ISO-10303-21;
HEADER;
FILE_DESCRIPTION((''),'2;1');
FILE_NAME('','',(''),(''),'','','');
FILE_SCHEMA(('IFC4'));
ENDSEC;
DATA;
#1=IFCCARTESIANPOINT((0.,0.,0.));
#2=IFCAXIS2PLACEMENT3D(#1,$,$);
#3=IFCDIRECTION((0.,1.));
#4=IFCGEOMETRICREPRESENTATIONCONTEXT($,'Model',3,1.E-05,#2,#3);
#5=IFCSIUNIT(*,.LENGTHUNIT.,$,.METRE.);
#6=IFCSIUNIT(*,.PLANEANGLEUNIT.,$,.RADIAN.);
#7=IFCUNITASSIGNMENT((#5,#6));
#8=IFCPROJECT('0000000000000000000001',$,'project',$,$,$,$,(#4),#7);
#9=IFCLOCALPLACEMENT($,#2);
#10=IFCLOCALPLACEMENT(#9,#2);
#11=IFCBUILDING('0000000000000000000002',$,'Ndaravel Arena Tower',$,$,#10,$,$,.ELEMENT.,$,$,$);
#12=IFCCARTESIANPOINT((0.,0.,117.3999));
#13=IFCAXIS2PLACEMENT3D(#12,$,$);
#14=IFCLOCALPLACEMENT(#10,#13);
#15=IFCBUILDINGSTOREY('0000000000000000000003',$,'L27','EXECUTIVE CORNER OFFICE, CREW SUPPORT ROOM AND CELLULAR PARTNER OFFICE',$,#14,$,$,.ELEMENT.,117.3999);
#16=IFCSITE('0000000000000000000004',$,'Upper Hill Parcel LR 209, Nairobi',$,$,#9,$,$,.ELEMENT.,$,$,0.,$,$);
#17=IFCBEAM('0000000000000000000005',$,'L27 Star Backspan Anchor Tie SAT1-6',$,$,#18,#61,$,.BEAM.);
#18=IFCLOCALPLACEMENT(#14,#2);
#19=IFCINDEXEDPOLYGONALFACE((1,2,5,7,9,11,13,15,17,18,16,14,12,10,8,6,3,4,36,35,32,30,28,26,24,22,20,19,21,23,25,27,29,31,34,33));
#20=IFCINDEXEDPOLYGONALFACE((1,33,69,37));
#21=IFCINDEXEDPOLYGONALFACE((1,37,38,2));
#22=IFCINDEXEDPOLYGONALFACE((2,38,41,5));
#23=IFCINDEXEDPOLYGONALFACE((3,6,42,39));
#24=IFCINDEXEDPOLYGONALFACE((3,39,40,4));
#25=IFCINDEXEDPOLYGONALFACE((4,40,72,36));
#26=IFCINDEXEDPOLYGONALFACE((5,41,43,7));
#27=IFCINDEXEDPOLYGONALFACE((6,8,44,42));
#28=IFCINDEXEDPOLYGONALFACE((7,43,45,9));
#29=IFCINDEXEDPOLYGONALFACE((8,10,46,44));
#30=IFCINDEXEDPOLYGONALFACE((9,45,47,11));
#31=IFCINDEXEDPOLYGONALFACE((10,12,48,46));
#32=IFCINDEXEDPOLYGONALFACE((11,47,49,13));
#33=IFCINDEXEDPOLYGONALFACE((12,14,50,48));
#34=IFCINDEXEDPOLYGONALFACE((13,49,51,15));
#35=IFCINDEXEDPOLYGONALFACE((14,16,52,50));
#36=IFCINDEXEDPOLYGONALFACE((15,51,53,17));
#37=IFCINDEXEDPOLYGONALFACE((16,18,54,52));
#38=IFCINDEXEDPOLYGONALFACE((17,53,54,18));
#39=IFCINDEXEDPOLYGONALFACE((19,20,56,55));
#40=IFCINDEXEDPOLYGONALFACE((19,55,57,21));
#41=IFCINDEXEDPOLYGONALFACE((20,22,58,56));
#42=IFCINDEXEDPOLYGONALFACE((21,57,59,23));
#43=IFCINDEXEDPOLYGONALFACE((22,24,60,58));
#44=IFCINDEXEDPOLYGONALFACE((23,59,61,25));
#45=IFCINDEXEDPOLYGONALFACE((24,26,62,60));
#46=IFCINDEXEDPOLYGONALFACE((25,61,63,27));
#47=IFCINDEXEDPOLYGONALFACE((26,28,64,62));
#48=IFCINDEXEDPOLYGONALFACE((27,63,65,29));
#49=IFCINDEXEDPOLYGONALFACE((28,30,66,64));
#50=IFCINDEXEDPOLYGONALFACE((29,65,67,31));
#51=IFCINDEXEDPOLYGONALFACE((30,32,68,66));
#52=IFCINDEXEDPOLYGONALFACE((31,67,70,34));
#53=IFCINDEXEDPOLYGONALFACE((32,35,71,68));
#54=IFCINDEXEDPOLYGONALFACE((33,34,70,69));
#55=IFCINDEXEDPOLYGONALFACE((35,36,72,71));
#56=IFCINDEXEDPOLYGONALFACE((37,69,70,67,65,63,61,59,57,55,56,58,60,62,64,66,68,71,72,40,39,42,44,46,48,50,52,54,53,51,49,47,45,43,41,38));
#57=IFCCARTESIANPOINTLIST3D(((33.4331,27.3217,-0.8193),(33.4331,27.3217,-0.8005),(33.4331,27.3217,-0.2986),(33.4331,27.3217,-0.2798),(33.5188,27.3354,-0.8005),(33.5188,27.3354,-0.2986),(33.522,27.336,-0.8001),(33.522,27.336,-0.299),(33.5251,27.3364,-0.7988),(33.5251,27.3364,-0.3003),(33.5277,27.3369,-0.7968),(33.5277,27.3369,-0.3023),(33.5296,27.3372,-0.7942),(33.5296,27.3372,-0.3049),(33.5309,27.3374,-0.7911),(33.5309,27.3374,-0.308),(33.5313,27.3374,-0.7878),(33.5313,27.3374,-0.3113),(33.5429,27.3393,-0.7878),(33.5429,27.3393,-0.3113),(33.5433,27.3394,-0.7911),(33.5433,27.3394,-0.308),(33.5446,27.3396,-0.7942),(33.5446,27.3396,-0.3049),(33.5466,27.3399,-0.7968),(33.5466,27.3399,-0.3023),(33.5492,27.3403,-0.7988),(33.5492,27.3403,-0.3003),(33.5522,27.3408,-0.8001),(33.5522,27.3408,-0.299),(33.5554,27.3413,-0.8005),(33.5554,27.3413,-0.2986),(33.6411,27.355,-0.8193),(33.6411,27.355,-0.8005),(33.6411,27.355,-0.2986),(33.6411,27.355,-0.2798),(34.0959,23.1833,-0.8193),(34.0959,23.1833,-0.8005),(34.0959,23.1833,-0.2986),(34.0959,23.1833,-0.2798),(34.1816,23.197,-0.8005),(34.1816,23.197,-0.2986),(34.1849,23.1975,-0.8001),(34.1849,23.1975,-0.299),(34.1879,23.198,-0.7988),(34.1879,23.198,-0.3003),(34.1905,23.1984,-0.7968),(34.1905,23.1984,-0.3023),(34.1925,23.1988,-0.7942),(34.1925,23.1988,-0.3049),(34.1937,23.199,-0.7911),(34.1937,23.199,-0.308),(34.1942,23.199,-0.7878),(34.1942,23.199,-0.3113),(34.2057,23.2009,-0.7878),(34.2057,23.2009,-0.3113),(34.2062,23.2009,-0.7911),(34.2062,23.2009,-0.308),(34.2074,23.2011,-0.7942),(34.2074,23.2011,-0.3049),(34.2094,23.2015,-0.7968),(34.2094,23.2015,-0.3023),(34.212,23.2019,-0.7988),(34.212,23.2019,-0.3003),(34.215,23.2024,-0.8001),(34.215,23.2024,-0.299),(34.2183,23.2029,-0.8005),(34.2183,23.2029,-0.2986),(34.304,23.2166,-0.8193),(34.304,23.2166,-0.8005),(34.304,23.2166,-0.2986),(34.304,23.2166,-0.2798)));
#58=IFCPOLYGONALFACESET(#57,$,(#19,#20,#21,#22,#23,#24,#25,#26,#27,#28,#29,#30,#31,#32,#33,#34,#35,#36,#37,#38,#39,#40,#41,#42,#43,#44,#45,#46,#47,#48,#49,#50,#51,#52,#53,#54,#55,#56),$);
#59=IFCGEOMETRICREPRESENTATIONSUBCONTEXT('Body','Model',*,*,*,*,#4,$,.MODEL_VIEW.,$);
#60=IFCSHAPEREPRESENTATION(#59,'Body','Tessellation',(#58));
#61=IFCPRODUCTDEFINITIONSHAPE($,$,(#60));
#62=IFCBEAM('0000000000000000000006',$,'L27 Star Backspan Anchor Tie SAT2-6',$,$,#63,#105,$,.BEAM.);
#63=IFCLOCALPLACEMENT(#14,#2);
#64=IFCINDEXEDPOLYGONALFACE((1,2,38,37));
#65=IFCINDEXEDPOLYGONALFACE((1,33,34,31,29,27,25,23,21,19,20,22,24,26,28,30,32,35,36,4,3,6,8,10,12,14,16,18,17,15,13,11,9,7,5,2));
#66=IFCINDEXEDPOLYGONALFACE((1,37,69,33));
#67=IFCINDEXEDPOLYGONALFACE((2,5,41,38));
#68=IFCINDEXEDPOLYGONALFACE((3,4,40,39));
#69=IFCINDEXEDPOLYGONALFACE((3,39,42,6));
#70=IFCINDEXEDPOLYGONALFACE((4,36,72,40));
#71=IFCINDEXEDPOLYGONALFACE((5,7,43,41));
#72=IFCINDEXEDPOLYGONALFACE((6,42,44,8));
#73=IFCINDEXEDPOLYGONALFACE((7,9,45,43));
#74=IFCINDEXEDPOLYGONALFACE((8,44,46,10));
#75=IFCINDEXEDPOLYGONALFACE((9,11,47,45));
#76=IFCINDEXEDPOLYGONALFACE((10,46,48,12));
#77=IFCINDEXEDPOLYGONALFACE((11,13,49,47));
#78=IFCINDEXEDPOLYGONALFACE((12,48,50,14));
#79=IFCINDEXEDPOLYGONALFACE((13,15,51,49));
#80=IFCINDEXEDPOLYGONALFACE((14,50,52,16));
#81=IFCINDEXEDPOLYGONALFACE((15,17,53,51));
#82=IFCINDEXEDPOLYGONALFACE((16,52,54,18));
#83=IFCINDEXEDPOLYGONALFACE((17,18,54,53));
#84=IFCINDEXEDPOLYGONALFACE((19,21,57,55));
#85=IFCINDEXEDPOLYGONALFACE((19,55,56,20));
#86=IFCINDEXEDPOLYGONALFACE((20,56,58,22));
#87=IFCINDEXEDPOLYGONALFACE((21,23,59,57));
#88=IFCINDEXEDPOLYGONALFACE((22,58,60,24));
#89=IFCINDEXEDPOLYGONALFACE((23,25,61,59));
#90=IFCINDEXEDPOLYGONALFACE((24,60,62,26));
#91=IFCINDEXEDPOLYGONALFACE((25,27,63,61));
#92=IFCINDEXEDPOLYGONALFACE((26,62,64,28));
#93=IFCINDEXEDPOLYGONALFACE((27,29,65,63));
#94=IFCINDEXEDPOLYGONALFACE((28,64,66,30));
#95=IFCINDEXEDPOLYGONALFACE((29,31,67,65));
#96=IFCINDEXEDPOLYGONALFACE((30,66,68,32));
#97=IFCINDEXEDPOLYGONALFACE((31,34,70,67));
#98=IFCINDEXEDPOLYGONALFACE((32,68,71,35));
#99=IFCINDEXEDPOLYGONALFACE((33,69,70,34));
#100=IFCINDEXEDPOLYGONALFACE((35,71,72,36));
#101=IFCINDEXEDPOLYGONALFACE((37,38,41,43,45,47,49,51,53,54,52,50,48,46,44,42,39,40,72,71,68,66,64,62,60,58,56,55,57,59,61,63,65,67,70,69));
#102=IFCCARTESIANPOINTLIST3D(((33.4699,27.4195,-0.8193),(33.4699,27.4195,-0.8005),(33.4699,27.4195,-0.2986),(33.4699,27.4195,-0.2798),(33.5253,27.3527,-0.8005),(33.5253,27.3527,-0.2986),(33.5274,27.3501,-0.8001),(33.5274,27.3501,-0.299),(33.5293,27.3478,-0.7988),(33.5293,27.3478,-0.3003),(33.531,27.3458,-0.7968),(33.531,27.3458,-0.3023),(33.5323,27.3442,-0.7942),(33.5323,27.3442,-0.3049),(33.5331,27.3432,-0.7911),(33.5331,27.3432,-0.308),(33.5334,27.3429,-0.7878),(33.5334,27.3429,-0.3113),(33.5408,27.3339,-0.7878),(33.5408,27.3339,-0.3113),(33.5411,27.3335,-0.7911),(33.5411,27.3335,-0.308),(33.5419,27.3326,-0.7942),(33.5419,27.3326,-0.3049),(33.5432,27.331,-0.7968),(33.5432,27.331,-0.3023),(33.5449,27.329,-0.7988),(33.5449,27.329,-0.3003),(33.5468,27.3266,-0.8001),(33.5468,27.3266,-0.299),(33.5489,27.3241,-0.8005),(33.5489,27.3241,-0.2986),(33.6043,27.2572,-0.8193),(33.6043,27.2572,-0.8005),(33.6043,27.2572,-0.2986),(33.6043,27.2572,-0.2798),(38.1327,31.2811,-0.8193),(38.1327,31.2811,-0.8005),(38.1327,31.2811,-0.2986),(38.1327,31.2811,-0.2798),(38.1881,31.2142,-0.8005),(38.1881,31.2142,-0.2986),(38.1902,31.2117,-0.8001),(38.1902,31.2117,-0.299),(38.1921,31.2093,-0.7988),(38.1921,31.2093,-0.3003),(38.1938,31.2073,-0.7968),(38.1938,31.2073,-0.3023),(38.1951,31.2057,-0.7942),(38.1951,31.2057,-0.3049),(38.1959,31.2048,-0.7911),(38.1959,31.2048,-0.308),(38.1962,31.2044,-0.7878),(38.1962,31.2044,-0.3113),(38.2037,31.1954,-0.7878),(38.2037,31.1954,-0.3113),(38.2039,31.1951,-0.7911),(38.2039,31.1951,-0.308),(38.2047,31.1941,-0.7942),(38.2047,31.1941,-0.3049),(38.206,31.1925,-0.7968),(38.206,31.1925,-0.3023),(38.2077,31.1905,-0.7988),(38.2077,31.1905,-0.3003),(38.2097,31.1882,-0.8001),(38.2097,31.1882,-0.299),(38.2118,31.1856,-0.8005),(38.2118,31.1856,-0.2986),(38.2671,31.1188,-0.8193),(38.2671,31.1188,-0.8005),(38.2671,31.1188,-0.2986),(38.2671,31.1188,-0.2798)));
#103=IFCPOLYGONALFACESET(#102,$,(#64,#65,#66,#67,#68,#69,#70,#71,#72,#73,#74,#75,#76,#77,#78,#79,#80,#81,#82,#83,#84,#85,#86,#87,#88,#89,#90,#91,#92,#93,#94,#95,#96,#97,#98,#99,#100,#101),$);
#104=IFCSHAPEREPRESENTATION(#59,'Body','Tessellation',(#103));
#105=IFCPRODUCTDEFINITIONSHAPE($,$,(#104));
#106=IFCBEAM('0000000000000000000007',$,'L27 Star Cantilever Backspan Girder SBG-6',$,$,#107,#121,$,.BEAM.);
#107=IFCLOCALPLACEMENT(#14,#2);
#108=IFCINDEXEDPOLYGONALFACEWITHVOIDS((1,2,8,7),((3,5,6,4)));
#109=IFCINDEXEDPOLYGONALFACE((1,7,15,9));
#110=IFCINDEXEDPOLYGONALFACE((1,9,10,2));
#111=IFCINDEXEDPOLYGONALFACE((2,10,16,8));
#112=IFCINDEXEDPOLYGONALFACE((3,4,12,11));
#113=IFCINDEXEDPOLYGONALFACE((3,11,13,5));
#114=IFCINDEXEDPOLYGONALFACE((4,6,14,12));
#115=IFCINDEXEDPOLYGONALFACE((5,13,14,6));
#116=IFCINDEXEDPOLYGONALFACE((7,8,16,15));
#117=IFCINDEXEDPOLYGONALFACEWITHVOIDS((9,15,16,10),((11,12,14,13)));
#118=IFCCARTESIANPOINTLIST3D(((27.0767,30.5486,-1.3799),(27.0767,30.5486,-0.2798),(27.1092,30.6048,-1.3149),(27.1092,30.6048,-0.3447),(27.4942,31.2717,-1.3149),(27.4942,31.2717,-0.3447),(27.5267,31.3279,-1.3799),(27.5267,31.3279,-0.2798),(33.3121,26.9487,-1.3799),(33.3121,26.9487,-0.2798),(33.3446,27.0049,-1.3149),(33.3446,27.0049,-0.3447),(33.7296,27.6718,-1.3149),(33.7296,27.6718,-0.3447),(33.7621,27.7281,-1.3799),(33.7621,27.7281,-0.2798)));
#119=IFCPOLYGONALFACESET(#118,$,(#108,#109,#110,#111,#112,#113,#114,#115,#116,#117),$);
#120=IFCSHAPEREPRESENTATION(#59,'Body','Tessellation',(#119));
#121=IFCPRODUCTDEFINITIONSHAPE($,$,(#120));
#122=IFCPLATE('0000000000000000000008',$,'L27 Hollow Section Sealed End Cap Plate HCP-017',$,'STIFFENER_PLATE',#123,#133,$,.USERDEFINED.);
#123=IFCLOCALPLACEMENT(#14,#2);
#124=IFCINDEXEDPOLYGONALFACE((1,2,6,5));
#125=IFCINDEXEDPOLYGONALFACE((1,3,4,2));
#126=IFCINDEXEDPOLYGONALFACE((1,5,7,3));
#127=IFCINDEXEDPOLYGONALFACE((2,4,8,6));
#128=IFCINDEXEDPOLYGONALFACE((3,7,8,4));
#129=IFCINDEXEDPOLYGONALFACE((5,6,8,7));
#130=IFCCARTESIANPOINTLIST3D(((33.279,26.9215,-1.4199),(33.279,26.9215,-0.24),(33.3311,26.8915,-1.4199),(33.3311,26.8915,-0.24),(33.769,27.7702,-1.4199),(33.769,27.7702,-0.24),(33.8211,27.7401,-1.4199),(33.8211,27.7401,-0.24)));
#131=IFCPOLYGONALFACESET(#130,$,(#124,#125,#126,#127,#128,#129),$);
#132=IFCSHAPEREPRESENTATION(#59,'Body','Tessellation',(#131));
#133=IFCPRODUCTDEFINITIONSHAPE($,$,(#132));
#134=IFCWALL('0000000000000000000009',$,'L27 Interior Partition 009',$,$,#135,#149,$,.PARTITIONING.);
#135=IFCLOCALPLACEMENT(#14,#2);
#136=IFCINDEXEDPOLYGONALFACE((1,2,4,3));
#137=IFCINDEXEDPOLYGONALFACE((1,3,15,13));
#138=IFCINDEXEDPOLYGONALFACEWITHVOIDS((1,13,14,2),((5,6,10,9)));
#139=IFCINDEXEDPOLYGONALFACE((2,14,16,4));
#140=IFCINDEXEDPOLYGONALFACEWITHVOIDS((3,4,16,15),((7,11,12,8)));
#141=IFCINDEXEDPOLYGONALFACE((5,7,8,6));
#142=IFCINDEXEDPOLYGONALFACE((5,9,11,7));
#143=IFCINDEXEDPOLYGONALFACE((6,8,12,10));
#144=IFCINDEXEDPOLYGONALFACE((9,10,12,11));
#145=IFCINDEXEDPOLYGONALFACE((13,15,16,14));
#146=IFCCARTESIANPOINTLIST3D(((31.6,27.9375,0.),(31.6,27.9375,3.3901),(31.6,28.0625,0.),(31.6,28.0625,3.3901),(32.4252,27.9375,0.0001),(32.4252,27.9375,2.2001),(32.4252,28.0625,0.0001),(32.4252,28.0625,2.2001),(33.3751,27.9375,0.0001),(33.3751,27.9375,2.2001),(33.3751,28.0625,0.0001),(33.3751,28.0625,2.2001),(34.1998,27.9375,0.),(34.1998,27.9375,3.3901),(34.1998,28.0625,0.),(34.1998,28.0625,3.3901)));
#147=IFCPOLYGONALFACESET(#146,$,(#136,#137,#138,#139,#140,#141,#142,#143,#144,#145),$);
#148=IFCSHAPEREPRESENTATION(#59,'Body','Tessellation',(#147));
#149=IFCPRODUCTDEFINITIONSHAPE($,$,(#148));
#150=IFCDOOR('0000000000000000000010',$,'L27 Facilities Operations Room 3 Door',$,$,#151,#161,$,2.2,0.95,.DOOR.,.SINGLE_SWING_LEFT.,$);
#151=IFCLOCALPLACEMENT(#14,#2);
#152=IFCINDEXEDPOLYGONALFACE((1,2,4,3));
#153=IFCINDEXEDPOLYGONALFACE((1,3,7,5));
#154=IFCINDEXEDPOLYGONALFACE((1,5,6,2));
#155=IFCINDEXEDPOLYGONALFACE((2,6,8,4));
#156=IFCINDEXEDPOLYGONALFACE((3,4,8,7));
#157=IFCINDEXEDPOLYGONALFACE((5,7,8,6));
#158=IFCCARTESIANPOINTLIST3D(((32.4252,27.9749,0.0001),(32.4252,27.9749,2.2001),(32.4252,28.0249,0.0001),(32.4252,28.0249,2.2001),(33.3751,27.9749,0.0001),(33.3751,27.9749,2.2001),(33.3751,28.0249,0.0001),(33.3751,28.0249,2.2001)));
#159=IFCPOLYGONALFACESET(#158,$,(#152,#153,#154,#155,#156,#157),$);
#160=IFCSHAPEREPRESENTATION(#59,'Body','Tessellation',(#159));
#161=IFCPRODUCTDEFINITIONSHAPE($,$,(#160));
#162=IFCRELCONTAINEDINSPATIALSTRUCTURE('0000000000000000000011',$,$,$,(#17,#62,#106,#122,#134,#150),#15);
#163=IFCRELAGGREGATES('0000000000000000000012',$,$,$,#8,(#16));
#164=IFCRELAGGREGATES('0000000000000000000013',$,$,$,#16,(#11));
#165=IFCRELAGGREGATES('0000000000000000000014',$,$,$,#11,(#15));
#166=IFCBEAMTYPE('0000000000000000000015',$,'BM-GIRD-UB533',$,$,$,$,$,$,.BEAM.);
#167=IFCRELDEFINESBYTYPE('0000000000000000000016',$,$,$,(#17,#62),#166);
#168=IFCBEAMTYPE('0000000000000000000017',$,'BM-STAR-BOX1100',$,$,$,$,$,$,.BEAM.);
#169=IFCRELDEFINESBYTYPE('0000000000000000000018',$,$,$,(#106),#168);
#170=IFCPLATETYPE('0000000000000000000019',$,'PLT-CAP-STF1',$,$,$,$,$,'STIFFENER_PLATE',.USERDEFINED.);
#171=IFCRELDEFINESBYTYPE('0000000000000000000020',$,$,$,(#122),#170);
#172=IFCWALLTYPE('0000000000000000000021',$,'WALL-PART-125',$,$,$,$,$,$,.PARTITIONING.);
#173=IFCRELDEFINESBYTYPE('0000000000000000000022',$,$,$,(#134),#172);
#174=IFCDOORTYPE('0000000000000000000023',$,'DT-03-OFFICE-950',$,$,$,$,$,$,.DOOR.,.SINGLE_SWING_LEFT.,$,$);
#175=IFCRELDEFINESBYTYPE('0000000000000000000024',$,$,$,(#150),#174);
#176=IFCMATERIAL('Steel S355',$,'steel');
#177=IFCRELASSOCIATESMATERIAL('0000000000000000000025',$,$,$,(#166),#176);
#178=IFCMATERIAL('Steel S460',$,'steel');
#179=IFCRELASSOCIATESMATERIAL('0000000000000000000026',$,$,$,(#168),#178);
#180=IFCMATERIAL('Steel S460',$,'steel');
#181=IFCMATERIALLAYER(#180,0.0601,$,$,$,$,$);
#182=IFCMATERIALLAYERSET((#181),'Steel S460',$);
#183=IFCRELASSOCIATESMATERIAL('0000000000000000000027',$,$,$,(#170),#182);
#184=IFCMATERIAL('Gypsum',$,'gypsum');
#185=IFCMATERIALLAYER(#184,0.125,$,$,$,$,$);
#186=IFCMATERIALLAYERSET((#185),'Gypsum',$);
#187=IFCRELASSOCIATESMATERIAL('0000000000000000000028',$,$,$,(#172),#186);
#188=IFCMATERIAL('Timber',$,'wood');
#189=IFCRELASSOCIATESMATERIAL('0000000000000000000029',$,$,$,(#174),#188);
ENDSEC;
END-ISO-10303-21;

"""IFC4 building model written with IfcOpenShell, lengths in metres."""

from ifc_helpers import new_model, si_unit, direction, frame, frame_2d, origin, origin_2d, place, context, subcontext, project, spatial, rectangle, hollow_rectangle, i_section, extrude, material, layer, layer_set, material_profile, profile_set, type_object, element, fill, save


model = new_model("IFC4")

# Units and contexts
model_context = context("Model", 3, precision=1e-05, world=origin(), true_north=direction((0.0, 1.0)))
body_context = subcontext(model_context, "Body", "Model", "MODEL_VIEW")
ifc_project = project(units=[si_unit("LENGTHUNIT", "METRE"), si_unit("PLANEANGLEUNIT", "RADIAN")], contexts=[model_context])

# Site, building, storey
site_placement = place(None, origin())
site = spatial("IfcSite", under=ifc_project, at=site_placement, Name="Upper Hill Parcel LR 209, Nairobi", CompositionType="ELEMENT", RefElevation=0.0)
building_placement = place(site_placement, origin())
building = spatial("IfcBuilding", under=site, at=building_placement, Name="Ndaravel Arena Tower", CompositionType="ELEMENT")
storey_placement = place(building_placement, frame((0.0, 0.0, 117.3999)))
storey = spatial("IfcBuildingStorey", under=building, at=storey_placement, Name="L27", Description="EXECUTIVE CORNER OFFICE, CREW SUPPORT ROOM AND CELLULAR PARTNER OFFICE", CompositionType="ELEMENT", Elevation=117.3999)

# Beams
ifc_material_1 = material(Name="Steel S355", Category="steel")
ifc_material_profile_1 = material_profile(ifc_material_1, i_section(OverallWidth=0.2107, OverallDepth=0.5396, WebThickness=0.0117, FlangeThickness=0.0188, FilletRadius=0.0127, at=origin_2d()), Name="UB 533x210x109")
ifc_profile_set_1 = profile_set([ifc_material_profile_1], Name="Steel S355")
beam_type_1 = type_object("IfcBeamType", Name="BM-GIRD-UB533", PredefinedType="BEAM", material=ifc_profile_set_1)
beam_1_placement = place(storey_placement, frame((34.2, 23.2, -0.5496), z_axis=(-0.158152, 0.987415, 0.0), x_axis=(-0.987415, -0.158152, 0.0)))
element("IfcBeam", 1, at=beam_1_placement, inside=storey, type_object=beam_type_1, Name="L27 Star Backspan Anchor Tie SAT1-6", PredefinedType="BEAM", context=body_context, shape_type="SweptSolid", body=[
    extrude(i_section(OverallWidth=0.2107, OverallDepth=0.5396, WebThickness=0.0117, FlangeThickness=0.0188, FilletRadius=0.0127, at=origin_2d()), origin(), (0.0, 0.0, 1.0), 4.1912),
])
beam_2_placement = place(storey_placement, frame((33.5371, 27.3384, -0.5496), z_axis=(0.770178, 0.637829, 0.0), x_axis=(-0.637829, 0.770178, 0.0)))
element("IfcBeam", 2, at=beam_2_placement, inside=storey, type_object=beam_type_1, Name="L27 Star Backspan Anchor Tie SAT2-6", PredefinedType="BEAM", context=body_context, shape_type="SweptSolid", body=[
    extrude(i_section(OverallWidth=0.2107, OverallDepth=0.5396, WebThickness=0.0117, FlangeThickness=0.0188, FilletRadius=0.0127, at=origin_2d()), origin(), (0.0, 0.0, 1.0), 6.0542),
])
ifc_material_2 = material(Name="Steel S460", Category="steel")
ifc_material_profile_2 = material_profile(ifc_material_2, hollow_rectangle(XDim=0.8999, YDim=1.1001, WallThickness=0.0649, at=origin_2d()), Name="BOX 1100x900x65")
ifc_profile_set_2 = profile_set([ifc_material_profile_2], Name="Steel S460")
beam_type_2 = type_object("IfcBeamType", Name="BM-STAR-BOX1100", PredefinedType="BEAM", material=ifc_profile_set_2)
beam_3_placement = place(storey_placement, frame((33.5371, 27.3384, -0.8298), z_axis=(-0.866033, 0.499987, 0.0), x_axis=(-0.499987, -0.866033, 0.0)))
element("IfcBeam", 3, at=beam_3_placement, inside=storey, type_object=beam_type_2, Name="L27 Star Cantilever Backspan Girder SBG-6", PredefinedType="BEAM", context=body_context, shape_type="SweptSolid", body=[
    extrude(hollow_rectangle(XDim=0.8999, YDim=1.1001, WallThickness=0.0649, at=origin_2d()), origin(), (0.0, 0.0, 1.0), 7.2),
])

# Plate
ifc_material_3 = material(Name="Steel S460", Category="steel")
ifc_layer_1 = layer(ifc_material_3, 0.0601)
ifc_layer_set_1 = layer_set([ifc_layer_1], Name="Steel S460")
plate_type = type_object("IfcPlateType", Name="PLT-CAP-STF1", ElementType="STIFFENER_PLATE", PredefinedType="USERDEFINED", material=ifc_layer_set_1)
plate_placement = place(storey_placement, frame((33.55, 27.3308, -1.4199), z_axis=(0.0, 0.0, 1.0), x_axis=(-0.866025, 0.5, 0.0)))
element("IfcPlate", 4, at=plate_placement, inside=storey, type_object=plate_type, Name="L27 Hollow Section Sealed End Cap Plate HCP-017", ObjectType="STIFFENER_PLATE", PredefinedType="USERDEFINED", context=body_context, shape_type="SweptSolid", body=[
    extrude(rectangle(XDim=0.0601, YDim=0.98, at=origin_2d()), origin(), (0.0, 0.0, 1.0), 1.1799),
])

# Wall, opening, door
ifc_material_4 = material(Name="Gypsum", Category="gypsum")
ifc_layer_2 = layer(ifc_material_4, 0.125)
ifc_layer_set_2 = layer_set([ifc_layer_2], Name="Gypsum")
wall_type = type_object("IfcWallType", Name="WALL-PART-125", PredefinedType="PARTITIONING", material=ifc_layer_set_2)
wall_1_placement = place(storey_placement, frame((31.6001, 28.0, 0.0), z_axis=(0.0, 0.0, 1.0), x_axis=(1.0, 0.0, 0.0)))
wall_1 = element("IfcWall", 5, at=wall_1_placement, inside=storey, type_object=wall_type, Name="L27 Interior Partition 009", PredefinedType="PARTITIONING", context=body_context, shape_type="SweptSolid", body=[
    extrude(rectangle(XDim=2.5999, YDim=0.125, at=frame_2d((1.2998, 0.0))), origin(), (0.0, 0.0, 1.0), 3.3901),
])
opening_1_placement = place(wall_1_placement, frame((0.825, 0.0, 0.0)))
opening_1 = element("IfcOpeningElement", 6, at=opening_1_placement, cuts=wall_1, PredefinedType="OPENING", context=body_context, shape_type="SweptSolid", body=[
    extrude(rectangle(XDim=0.95, YDim=2.2, at=frame_2d((0.4751, 1.1001))), frame((0.0, 0.0625, 0.0), z_axis=(0.0, -1.0, 0.0), x_axis=(1.0, 0.0, 0.0)), (0.0, 0.0, 1.0), 0.125),
])
ifc_material_5 = material(Name="Timber", Category="wood")
door_type_1 = type_object("IfcDoorType", Name="DT-03-OFFICE-950", OperationType="SINGLE_SWING_LEFT", PredefinedType="DOOR", material=ifc_material_5)
door_1_placement = place(opening_1_placement, origin())
door_1 = element("IfcDoor", 7, at=door_1_placement, inside=storey, type_object=door_type_1, Name="L27 Facilities Operations Room 3 Door", OperationType="SINGLE_SWING_LEFT", OverallHeight=2.2, OverallWidth=0.95, PredefinedType="DOOR", context=body_context, shape_type="SweptSolid", body=[
    extrude(rectangle(XDim=0.95, YDim=2.2, at=frame_2d((0.4751, 1.1001))), frame((0.0, 0.0249, 0.0), z_axis=(0.0, -1.0, 0.0), x_axis=(1.0, 0.0, 0.0)), (0.0, 0.0, 1.0), 0.05),
])
fill(opening_1, door_1)

save(model, "model.ifc")
